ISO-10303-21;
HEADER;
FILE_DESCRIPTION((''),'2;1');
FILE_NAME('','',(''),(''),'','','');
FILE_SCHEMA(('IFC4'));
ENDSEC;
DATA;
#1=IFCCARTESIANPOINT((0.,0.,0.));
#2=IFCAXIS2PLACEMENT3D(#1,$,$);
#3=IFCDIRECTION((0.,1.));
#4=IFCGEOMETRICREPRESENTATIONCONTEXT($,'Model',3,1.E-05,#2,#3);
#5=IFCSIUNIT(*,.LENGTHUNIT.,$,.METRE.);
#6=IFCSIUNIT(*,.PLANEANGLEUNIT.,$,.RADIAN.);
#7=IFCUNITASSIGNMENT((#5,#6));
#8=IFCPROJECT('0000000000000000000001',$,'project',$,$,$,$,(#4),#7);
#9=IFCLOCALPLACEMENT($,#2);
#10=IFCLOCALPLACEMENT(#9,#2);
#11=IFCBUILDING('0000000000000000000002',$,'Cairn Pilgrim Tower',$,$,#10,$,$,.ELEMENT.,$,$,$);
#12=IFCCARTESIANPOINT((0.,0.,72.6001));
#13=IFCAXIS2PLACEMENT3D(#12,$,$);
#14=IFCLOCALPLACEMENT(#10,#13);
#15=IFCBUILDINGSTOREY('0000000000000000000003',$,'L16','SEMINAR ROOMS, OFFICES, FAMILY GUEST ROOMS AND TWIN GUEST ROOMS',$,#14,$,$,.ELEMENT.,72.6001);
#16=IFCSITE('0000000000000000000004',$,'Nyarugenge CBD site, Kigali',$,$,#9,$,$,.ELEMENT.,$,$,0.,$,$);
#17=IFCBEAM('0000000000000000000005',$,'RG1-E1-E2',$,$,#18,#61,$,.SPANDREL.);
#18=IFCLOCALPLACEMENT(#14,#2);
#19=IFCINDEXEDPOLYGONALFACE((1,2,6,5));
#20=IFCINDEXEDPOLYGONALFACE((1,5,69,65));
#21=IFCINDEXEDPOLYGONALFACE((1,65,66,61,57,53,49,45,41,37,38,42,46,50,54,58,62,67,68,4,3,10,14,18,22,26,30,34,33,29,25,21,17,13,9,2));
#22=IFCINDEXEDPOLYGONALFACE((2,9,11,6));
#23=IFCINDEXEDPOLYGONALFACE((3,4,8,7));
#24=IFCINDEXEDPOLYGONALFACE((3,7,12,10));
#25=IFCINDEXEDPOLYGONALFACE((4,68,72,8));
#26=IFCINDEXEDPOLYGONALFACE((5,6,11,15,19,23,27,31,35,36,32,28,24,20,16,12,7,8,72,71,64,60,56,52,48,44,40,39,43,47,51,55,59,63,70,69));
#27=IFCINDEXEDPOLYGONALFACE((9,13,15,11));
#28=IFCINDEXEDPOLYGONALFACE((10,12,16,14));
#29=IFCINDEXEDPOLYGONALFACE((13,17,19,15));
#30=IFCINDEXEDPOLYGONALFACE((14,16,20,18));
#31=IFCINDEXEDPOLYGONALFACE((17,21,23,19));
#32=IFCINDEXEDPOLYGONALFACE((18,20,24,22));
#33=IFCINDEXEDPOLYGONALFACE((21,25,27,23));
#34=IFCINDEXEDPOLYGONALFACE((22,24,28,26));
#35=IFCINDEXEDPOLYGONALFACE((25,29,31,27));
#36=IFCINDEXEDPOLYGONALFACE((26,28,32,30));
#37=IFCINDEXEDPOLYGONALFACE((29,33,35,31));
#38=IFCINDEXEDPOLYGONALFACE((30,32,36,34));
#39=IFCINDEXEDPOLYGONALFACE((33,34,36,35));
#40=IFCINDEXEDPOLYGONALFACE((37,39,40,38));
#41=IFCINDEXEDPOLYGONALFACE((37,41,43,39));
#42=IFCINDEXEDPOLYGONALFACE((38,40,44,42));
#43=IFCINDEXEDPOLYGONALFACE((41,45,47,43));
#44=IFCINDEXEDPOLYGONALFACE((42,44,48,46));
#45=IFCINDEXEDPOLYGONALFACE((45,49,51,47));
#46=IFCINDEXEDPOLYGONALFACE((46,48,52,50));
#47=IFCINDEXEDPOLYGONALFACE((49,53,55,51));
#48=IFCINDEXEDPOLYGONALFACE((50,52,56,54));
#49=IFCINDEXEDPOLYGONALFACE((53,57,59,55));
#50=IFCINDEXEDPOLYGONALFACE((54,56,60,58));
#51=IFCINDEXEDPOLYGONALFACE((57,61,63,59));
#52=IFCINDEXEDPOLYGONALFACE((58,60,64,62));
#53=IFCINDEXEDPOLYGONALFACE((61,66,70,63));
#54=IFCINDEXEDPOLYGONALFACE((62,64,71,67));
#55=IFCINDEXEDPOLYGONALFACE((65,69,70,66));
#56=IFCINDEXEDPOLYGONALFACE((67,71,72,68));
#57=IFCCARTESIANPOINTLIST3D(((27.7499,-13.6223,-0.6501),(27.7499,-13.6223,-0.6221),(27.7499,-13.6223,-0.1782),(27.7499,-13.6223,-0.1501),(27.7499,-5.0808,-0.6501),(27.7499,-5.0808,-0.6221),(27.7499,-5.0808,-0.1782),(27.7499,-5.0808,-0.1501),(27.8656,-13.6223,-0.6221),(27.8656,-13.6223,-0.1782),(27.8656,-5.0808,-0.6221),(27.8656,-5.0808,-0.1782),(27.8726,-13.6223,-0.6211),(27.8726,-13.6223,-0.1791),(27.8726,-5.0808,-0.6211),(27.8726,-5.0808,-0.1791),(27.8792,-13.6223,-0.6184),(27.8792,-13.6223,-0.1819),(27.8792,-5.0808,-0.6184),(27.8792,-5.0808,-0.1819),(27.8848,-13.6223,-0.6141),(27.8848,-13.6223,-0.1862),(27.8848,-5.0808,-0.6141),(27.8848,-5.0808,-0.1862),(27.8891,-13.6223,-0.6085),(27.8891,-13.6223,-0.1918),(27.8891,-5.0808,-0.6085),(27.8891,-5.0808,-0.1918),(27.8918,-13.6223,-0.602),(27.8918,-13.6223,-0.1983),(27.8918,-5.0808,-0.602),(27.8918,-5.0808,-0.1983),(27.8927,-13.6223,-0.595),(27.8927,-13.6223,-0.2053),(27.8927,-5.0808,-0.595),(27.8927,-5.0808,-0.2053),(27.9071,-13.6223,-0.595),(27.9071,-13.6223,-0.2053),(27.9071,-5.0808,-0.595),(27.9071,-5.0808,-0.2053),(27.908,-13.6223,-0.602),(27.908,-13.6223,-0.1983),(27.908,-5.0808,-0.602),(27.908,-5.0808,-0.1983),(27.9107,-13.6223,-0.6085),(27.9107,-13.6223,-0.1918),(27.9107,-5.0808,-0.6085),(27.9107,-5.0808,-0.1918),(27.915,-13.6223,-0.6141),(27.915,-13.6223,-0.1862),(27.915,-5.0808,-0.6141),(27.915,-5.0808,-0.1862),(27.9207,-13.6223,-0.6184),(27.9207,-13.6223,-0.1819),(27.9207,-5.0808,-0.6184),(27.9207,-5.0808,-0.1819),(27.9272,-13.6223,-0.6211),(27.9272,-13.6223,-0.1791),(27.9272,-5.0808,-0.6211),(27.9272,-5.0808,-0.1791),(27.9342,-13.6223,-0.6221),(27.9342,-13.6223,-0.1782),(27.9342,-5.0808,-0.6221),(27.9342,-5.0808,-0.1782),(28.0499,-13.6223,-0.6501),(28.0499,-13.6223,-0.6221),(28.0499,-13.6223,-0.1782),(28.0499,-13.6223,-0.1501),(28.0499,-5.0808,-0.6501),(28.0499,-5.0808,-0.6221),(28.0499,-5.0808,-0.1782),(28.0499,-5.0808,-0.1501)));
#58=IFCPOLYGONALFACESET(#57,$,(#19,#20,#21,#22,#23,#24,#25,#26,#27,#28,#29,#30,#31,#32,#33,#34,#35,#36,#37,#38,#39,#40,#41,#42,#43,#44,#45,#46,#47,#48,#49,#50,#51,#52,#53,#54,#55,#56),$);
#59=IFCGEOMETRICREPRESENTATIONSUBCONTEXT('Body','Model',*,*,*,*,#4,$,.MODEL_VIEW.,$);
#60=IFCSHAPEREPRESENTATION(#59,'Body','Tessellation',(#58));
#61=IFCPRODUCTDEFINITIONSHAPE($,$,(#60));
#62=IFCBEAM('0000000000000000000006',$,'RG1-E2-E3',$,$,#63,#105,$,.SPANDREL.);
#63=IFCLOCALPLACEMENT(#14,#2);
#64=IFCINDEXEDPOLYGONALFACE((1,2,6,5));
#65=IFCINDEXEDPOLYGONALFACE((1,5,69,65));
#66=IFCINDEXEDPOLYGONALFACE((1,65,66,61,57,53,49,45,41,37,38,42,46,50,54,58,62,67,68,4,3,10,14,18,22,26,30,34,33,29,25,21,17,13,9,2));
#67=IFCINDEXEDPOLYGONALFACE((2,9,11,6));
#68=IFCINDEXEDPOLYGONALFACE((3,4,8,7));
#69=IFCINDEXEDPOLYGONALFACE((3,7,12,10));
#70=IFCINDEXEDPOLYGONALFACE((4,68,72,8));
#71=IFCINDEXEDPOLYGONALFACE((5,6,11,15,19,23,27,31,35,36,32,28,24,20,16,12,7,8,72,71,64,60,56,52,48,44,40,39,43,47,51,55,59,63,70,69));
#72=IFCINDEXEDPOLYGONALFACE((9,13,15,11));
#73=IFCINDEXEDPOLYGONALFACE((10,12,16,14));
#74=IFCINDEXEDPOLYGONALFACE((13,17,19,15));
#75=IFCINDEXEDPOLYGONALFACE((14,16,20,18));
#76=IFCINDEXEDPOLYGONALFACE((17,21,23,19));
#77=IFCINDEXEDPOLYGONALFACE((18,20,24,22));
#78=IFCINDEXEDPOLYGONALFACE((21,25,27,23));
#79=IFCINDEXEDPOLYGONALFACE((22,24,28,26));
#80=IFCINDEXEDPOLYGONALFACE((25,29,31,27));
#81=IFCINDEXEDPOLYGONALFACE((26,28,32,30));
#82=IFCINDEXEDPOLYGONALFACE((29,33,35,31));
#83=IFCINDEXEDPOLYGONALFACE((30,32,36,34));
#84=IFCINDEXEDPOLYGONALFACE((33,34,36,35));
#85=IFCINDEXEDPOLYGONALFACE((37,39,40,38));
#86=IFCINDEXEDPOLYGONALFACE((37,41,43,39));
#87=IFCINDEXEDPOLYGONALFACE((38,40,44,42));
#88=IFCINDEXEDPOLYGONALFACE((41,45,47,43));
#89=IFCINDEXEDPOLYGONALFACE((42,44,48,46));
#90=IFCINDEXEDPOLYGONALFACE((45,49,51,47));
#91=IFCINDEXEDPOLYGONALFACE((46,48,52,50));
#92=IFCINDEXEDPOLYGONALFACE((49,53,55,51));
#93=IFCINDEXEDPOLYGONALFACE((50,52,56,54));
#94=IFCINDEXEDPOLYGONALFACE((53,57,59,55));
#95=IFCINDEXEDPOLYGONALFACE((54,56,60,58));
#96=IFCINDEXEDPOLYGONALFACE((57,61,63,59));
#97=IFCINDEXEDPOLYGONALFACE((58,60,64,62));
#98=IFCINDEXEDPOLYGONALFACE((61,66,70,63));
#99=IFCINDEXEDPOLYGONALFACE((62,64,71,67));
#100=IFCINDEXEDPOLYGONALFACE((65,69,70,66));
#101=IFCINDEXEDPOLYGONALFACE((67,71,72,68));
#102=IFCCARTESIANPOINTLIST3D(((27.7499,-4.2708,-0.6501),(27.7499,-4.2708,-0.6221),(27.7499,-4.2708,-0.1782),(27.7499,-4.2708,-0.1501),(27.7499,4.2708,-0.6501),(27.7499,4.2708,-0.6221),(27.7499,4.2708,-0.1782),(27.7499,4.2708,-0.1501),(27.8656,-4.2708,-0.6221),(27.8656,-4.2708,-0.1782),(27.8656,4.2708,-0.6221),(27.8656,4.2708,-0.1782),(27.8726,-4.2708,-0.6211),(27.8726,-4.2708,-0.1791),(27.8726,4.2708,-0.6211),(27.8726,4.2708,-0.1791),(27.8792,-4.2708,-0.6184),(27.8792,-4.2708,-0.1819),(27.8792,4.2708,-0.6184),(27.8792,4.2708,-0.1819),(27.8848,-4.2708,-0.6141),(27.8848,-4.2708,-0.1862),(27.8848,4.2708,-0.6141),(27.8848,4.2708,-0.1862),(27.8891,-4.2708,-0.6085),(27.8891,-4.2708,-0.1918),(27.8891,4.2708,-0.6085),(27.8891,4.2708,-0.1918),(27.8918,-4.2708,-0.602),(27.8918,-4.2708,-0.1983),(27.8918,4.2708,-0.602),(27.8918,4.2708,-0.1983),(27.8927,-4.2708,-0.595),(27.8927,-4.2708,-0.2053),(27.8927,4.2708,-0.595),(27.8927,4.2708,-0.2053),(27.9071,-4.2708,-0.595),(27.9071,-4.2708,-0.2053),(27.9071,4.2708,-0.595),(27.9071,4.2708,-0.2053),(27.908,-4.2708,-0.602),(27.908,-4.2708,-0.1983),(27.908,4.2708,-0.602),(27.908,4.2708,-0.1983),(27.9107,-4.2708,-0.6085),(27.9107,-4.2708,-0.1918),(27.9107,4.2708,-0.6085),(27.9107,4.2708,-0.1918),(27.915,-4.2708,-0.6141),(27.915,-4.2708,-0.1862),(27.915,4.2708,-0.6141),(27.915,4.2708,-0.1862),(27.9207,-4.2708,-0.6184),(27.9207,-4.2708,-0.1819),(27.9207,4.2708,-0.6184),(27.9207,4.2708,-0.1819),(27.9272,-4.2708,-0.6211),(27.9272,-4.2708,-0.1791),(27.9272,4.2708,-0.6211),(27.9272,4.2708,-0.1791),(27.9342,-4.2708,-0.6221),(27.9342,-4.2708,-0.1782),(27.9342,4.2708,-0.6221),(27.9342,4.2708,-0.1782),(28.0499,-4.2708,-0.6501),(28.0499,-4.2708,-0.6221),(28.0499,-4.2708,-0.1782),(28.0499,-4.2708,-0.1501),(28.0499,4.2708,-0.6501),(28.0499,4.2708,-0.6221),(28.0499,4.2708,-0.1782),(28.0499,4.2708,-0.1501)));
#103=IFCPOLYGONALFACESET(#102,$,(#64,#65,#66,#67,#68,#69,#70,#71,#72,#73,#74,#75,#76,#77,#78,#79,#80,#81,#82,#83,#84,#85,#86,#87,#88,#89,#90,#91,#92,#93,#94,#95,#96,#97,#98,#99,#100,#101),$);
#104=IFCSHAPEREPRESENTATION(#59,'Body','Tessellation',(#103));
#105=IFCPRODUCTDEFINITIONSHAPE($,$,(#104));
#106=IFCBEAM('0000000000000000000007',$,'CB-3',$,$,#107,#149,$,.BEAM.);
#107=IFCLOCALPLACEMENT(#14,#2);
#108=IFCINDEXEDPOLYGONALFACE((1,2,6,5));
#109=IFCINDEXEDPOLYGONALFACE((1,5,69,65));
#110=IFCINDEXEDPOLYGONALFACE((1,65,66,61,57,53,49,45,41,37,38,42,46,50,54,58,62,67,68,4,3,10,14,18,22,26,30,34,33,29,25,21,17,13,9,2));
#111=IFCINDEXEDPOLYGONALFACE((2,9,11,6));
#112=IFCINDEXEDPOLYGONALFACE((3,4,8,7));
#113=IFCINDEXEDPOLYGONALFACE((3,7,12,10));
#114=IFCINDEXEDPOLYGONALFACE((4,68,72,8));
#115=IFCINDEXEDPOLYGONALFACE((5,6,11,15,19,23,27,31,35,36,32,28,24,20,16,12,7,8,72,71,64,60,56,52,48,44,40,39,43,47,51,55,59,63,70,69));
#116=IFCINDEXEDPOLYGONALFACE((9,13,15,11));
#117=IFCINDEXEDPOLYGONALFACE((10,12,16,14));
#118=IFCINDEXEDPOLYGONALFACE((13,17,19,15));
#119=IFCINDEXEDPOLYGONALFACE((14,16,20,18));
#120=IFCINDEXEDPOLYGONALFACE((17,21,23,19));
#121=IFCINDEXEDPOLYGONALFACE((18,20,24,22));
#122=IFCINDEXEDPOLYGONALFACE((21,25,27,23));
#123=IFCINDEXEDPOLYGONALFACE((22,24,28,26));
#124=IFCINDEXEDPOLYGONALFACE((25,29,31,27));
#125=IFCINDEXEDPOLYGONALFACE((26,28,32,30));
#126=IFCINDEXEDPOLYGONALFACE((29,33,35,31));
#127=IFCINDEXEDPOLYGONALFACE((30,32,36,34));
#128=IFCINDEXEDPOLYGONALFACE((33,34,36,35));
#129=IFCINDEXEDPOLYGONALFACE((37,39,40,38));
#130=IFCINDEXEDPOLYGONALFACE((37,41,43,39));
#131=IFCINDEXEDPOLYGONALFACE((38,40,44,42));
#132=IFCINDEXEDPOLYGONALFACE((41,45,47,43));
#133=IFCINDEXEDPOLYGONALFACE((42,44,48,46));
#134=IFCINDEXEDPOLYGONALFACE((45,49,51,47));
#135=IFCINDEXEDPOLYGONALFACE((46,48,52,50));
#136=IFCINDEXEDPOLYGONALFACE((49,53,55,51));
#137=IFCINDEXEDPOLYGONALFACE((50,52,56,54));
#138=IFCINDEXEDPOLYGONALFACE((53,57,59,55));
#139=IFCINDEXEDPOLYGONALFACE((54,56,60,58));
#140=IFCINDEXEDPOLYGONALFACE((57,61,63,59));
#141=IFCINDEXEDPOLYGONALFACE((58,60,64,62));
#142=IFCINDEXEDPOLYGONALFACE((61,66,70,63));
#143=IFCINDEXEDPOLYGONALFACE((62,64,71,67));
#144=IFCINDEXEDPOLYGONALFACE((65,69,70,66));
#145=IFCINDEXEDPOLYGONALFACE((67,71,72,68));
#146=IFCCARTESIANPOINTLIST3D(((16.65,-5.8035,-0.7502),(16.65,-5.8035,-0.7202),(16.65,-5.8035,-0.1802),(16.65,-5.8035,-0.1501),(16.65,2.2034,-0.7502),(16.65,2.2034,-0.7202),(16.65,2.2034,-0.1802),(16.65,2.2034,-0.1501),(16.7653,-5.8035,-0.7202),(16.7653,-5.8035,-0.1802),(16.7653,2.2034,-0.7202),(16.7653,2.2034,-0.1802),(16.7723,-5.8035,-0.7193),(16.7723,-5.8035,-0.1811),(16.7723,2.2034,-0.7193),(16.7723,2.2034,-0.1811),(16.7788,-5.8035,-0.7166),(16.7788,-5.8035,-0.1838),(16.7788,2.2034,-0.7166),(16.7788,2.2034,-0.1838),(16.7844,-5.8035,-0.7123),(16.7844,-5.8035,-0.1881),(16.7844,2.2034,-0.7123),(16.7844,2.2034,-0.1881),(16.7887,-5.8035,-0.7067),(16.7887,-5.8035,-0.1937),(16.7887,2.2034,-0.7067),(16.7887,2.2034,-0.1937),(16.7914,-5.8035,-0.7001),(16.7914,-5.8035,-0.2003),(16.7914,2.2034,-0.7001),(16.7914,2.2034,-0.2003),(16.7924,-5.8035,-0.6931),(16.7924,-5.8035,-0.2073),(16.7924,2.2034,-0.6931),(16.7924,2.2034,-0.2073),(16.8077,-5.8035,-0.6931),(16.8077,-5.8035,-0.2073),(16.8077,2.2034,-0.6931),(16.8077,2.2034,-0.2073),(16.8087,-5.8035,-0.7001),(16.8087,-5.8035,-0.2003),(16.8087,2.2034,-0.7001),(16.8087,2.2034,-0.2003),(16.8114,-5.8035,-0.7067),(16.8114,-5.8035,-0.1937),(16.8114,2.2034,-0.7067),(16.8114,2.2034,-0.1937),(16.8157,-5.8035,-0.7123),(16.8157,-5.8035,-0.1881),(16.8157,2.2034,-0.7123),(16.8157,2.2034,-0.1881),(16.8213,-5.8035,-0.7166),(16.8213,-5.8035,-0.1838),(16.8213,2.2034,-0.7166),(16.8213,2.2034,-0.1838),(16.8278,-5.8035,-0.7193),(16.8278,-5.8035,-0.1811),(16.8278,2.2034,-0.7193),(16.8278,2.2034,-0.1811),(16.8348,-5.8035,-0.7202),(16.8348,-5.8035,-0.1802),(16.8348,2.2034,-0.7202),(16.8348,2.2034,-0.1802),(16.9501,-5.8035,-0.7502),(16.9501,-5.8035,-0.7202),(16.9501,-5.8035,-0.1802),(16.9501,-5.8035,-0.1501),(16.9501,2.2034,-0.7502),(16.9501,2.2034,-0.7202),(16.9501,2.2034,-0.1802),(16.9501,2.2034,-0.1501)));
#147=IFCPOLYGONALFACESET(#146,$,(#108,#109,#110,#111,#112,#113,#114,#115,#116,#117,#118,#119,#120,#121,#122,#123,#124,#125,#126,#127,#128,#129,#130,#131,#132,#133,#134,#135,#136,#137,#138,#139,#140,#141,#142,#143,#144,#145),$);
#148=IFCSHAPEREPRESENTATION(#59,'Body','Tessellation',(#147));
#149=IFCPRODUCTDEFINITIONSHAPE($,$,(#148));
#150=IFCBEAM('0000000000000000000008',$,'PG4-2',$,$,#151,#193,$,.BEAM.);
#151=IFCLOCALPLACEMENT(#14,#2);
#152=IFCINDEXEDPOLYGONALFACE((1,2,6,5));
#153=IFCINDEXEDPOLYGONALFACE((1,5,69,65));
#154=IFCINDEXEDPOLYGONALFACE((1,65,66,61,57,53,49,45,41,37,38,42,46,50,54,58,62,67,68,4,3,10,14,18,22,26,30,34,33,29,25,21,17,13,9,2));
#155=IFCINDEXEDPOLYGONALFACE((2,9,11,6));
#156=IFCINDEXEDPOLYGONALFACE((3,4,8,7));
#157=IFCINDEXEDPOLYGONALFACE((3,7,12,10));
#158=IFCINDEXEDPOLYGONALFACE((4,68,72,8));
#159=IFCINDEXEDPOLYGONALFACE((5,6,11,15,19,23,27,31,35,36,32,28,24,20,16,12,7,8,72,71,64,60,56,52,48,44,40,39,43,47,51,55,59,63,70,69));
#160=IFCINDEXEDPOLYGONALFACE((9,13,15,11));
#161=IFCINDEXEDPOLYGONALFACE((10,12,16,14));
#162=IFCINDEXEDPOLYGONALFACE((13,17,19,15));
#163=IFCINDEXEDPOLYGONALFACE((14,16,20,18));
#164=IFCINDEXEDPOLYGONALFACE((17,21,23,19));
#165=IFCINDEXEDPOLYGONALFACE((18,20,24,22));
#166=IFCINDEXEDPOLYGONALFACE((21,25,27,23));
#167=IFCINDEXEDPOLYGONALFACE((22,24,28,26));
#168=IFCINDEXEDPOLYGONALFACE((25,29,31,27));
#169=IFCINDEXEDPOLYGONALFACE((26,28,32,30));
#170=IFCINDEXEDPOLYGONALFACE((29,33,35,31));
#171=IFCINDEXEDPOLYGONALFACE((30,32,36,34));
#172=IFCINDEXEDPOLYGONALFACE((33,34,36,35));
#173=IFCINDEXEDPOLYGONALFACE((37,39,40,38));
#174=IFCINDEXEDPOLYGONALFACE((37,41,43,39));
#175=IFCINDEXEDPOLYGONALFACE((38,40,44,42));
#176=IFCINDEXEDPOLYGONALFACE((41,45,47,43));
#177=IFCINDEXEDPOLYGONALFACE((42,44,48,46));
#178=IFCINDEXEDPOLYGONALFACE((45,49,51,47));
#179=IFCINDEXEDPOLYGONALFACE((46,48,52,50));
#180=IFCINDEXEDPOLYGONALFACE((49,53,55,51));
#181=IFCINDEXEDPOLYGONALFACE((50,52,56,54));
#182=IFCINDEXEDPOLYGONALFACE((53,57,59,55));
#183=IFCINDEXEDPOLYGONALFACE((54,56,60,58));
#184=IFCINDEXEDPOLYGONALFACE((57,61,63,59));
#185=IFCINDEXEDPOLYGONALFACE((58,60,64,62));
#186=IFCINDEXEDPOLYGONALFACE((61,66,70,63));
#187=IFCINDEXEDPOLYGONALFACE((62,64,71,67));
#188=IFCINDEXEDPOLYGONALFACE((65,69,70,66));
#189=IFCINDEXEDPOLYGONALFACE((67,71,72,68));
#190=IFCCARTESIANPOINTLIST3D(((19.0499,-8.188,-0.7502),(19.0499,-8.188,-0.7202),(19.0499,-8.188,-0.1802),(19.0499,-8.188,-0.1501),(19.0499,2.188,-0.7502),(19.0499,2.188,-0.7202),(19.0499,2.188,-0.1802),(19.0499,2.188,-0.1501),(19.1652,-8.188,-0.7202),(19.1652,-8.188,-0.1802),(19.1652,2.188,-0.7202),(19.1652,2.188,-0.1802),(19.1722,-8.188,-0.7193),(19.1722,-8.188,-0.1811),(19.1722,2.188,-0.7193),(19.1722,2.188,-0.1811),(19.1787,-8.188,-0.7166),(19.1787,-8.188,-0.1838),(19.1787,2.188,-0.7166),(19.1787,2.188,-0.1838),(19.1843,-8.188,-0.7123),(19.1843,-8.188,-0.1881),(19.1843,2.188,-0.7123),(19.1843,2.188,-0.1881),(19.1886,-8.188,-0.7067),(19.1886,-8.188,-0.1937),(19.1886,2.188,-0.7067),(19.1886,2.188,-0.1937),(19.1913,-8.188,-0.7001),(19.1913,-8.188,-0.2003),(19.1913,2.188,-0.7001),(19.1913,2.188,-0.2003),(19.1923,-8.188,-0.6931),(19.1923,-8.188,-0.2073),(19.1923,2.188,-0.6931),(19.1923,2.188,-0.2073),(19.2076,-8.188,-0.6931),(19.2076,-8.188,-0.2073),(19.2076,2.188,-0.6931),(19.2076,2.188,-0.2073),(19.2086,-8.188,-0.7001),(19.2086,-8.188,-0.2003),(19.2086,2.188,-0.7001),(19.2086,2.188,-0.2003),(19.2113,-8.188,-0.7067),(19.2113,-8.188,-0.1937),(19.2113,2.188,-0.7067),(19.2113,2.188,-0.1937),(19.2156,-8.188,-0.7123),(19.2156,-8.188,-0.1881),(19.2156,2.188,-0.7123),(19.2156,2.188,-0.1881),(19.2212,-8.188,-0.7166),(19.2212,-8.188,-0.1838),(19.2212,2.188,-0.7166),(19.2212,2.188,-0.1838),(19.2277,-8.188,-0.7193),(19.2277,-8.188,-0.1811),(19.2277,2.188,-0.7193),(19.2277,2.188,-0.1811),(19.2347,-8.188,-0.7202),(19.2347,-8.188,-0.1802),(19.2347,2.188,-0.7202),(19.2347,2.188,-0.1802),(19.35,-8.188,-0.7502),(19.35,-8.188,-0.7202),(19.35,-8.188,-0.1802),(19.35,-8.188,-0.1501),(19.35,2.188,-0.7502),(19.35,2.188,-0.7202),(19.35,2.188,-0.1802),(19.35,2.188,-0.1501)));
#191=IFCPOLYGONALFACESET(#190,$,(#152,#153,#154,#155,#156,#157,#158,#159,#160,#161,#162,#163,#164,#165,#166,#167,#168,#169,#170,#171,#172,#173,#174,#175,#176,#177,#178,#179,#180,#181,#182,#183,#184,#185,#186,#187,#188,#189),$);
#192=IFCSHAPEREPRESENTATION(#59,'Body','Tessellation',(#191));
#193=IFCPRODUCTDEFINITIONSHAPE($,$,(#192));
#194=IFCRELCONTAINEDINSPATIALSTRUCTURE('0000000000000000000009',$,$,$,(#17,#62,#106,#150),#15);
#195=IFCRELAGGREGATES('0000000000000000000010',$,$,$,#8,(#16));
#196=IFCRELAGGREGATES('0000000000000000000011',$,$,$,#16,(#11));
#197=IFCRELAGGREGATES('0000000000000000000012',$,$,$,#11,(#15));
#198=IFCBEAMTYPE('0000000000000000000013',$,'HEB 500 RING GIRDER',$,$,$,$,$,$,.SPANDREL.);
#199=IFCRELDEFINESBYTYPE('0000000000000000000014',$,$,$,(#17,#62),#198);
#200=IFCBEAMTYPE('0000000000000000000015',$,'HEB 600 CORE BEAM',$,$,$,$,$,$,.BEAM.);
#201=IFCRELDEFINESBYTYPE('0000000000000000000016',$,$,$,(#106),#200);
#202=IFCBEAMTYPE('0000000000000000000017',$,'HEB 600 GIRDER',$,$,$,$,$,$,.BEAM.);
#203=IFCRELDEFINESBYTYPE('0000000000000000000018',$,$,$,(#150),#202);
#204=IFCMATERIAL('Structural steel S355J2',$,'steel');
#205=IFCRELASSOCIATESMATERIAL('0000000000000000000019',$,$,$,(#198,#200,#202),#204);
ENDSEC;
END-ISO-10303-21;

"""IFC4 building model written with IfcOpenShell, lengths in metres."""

from ifc_helpers import new_model, si_unit, direction, frame, origin, origin_2d, place, context, subcontext, project, spatial, i_section, extrude, material, material_profile, profile_set, type_object, element, save


model = new_model("IFC4")

# Units and contexts
model_context = context("Model", 3, precision=1e-05, world=origin(), true_north=direction((0.0, 1.0)))
body_context = subcontext(model_context, "Body", "Model", "MODEL_VIEW")
ifc_project = project(units=[si_unit("LENGTHUNIT", "METRE"), si_unit("PLANEANGLEUNIT", "RADIAN")], contexts=[model_context])

# Site, building, storey
site_placement = place(None, origin())
site = spatial("IfcSite", under=ifc_project, at=site_placement, Name="Nyarugenge CBD site, Kigali", CompositionType="ELEMENT", RefElevation=0.0)
building_placement = place(site_placement, origin())
building = spatial("IfcBuilding", under=site, at=building_placement, Name="Cairn Pilgrim Tower", CompositionType="ELEMENT")
storey_placement = place(building_placement, frame((0.0, 0.0, 72.6001)))
storey = spatial("IfcBuildingStorey", under=building, at=storey_placement, Name="L16", Description="SEMINAR ROOMS, OFFICES, FAMILY GUEST ROOMS AND TWIN GUEST ROOMS", CompositionType="ELEMENT", Elevation=72.6001)

# Beams
ifc_material_1 = material(Name="Structural steel S355J2", Category="steel")
ifc_material_profile_1 = material_profile(ifc_material_1, i_section(OverallWidth=0.3, OverallDepth=0.5, WebThickness=0.0144, FlangeThickness=0.0281, FilletRadius=0.0271, at=origin_2d()), Name="HEB 500")
ifc_profile_set_1 = profile_set([ifc_material_profile_1], Name="Structural steel S355J2")
beam_type_1 = type_object("IfcBeamType", Name="HEB 500 RING GIRDER", PredefinedType="SPANDREL", material=ifc_profile_set_1)
for number, where, z_axis, x_axis, name in (
    (1, (27.8999, -13.6223, -0.4001), (0.0, 1.0, 0.0), (-1.0, 0.0, 0.0), "RG1-E1-E2"),
    (2, (27.8999, -4.2708, -0.4001), (0.0, 1.0, 0.0), (-1.0, 0.0, 0.0), "RG1-E2-E3"),
):
    element("IfcBeam", number, at=place(storey_placement, frame(where, z_axis=z_axis, x_axis=x_axis)), inside=storey, type_object=beam_type_1, Name=name, PredefinedType="SPANDREL", context=body_context, shape_type="SweptSolid", body=[
        extrude(i_section(OverallWidth=0.3, OverallDepth=0.5, WebThickness=0.0144, FlangeThickness=0.0281, FilletRadius=0.0271, at=origin_2d()), origin(), (0.0, 0.0, 1.0), 8.5415),
    ])
ifc_material_profile_2 = material_profile(ifc_material_1, i_section(OverallWidth=0.3, OverallDepth=0.6001, WebThickness=0.0154, FlangeThickness=0.03, FilletRadius=0.0271, at=origin_2d()), Name="HEB 600")
ifc_profile_set_2 = profile_set([ifc_material_profile_2], Name="Structural steel S355J2")
beam_type_2 = type_object("IfcBeamType", Name="HEB 600 CORE BEAM", PredefinedType="BEAM", material=ifc_profile_set_2)
beam_1_placement = place(storey_placement, frame((16.8, -5.8035, -0.4502), z_axis=(0.0, 1.0, 0.0), x_axis=(-1.0, 0.0, 0.0)))
element("IfcBeam", 3, at=beam_1_placement, inside=storey, type_object=beam_type_2, Name="CB-3", PredefinedType="BEAM", context=body_context, shape_type="SweptSolid", body=[
    extrude(i_section(OverallWidth=0.3, OverallDepth=0.6001, WebThickness=0.0154, FlangeThickness=0.03, FilletRadius=0.0271, at=origin_2d()), origin(), (0.0, 0.0, 1.0), 8.0068),
])
ifc_material_profile_3 = material_profile(ifc_material_1, i_section(OverallWidth=0.3, OverallDepth=0.6001, WebThickness=0.0154, FlangeThickness=0.03, FilletRadius=0.0271, at=origin_2d()), Name="HEB 600")
ifc_profile_set_3 = profile_set([ifc_material_profile_3], Name="Structural steel S355J2")
beam_type_3 = type_object("IfcBeamType", Name="HEB 600 GIRDER", PredefinedType="BEAM", material=ifc_profile_set_3)
beam_2_placement = place(storey_placement, frame((19.2, -8.188, -0.4502), z_axis=(0.0, 1.0, 0.0), x_axis=(-1.0, 0.0, 0.0)))
element("IfcBeam", 4, at=beam_2_placement, inside=storey, type_object=beam_type_3, Name="PG4-2", PredefinedType="BEAM", context=body_context, shape_type="SweptSolid", body=[
    extrude(i_section(OverallWidth=0.3, OverallDepth=0.6001, WebThickness=0.0154, FlangeThickness=0.03, FilletRadius=0.0271, at=origin_2d()), origin(), (0.0, 0.0, 1.0), 10.376),
])

save(model, "model.ifc")
